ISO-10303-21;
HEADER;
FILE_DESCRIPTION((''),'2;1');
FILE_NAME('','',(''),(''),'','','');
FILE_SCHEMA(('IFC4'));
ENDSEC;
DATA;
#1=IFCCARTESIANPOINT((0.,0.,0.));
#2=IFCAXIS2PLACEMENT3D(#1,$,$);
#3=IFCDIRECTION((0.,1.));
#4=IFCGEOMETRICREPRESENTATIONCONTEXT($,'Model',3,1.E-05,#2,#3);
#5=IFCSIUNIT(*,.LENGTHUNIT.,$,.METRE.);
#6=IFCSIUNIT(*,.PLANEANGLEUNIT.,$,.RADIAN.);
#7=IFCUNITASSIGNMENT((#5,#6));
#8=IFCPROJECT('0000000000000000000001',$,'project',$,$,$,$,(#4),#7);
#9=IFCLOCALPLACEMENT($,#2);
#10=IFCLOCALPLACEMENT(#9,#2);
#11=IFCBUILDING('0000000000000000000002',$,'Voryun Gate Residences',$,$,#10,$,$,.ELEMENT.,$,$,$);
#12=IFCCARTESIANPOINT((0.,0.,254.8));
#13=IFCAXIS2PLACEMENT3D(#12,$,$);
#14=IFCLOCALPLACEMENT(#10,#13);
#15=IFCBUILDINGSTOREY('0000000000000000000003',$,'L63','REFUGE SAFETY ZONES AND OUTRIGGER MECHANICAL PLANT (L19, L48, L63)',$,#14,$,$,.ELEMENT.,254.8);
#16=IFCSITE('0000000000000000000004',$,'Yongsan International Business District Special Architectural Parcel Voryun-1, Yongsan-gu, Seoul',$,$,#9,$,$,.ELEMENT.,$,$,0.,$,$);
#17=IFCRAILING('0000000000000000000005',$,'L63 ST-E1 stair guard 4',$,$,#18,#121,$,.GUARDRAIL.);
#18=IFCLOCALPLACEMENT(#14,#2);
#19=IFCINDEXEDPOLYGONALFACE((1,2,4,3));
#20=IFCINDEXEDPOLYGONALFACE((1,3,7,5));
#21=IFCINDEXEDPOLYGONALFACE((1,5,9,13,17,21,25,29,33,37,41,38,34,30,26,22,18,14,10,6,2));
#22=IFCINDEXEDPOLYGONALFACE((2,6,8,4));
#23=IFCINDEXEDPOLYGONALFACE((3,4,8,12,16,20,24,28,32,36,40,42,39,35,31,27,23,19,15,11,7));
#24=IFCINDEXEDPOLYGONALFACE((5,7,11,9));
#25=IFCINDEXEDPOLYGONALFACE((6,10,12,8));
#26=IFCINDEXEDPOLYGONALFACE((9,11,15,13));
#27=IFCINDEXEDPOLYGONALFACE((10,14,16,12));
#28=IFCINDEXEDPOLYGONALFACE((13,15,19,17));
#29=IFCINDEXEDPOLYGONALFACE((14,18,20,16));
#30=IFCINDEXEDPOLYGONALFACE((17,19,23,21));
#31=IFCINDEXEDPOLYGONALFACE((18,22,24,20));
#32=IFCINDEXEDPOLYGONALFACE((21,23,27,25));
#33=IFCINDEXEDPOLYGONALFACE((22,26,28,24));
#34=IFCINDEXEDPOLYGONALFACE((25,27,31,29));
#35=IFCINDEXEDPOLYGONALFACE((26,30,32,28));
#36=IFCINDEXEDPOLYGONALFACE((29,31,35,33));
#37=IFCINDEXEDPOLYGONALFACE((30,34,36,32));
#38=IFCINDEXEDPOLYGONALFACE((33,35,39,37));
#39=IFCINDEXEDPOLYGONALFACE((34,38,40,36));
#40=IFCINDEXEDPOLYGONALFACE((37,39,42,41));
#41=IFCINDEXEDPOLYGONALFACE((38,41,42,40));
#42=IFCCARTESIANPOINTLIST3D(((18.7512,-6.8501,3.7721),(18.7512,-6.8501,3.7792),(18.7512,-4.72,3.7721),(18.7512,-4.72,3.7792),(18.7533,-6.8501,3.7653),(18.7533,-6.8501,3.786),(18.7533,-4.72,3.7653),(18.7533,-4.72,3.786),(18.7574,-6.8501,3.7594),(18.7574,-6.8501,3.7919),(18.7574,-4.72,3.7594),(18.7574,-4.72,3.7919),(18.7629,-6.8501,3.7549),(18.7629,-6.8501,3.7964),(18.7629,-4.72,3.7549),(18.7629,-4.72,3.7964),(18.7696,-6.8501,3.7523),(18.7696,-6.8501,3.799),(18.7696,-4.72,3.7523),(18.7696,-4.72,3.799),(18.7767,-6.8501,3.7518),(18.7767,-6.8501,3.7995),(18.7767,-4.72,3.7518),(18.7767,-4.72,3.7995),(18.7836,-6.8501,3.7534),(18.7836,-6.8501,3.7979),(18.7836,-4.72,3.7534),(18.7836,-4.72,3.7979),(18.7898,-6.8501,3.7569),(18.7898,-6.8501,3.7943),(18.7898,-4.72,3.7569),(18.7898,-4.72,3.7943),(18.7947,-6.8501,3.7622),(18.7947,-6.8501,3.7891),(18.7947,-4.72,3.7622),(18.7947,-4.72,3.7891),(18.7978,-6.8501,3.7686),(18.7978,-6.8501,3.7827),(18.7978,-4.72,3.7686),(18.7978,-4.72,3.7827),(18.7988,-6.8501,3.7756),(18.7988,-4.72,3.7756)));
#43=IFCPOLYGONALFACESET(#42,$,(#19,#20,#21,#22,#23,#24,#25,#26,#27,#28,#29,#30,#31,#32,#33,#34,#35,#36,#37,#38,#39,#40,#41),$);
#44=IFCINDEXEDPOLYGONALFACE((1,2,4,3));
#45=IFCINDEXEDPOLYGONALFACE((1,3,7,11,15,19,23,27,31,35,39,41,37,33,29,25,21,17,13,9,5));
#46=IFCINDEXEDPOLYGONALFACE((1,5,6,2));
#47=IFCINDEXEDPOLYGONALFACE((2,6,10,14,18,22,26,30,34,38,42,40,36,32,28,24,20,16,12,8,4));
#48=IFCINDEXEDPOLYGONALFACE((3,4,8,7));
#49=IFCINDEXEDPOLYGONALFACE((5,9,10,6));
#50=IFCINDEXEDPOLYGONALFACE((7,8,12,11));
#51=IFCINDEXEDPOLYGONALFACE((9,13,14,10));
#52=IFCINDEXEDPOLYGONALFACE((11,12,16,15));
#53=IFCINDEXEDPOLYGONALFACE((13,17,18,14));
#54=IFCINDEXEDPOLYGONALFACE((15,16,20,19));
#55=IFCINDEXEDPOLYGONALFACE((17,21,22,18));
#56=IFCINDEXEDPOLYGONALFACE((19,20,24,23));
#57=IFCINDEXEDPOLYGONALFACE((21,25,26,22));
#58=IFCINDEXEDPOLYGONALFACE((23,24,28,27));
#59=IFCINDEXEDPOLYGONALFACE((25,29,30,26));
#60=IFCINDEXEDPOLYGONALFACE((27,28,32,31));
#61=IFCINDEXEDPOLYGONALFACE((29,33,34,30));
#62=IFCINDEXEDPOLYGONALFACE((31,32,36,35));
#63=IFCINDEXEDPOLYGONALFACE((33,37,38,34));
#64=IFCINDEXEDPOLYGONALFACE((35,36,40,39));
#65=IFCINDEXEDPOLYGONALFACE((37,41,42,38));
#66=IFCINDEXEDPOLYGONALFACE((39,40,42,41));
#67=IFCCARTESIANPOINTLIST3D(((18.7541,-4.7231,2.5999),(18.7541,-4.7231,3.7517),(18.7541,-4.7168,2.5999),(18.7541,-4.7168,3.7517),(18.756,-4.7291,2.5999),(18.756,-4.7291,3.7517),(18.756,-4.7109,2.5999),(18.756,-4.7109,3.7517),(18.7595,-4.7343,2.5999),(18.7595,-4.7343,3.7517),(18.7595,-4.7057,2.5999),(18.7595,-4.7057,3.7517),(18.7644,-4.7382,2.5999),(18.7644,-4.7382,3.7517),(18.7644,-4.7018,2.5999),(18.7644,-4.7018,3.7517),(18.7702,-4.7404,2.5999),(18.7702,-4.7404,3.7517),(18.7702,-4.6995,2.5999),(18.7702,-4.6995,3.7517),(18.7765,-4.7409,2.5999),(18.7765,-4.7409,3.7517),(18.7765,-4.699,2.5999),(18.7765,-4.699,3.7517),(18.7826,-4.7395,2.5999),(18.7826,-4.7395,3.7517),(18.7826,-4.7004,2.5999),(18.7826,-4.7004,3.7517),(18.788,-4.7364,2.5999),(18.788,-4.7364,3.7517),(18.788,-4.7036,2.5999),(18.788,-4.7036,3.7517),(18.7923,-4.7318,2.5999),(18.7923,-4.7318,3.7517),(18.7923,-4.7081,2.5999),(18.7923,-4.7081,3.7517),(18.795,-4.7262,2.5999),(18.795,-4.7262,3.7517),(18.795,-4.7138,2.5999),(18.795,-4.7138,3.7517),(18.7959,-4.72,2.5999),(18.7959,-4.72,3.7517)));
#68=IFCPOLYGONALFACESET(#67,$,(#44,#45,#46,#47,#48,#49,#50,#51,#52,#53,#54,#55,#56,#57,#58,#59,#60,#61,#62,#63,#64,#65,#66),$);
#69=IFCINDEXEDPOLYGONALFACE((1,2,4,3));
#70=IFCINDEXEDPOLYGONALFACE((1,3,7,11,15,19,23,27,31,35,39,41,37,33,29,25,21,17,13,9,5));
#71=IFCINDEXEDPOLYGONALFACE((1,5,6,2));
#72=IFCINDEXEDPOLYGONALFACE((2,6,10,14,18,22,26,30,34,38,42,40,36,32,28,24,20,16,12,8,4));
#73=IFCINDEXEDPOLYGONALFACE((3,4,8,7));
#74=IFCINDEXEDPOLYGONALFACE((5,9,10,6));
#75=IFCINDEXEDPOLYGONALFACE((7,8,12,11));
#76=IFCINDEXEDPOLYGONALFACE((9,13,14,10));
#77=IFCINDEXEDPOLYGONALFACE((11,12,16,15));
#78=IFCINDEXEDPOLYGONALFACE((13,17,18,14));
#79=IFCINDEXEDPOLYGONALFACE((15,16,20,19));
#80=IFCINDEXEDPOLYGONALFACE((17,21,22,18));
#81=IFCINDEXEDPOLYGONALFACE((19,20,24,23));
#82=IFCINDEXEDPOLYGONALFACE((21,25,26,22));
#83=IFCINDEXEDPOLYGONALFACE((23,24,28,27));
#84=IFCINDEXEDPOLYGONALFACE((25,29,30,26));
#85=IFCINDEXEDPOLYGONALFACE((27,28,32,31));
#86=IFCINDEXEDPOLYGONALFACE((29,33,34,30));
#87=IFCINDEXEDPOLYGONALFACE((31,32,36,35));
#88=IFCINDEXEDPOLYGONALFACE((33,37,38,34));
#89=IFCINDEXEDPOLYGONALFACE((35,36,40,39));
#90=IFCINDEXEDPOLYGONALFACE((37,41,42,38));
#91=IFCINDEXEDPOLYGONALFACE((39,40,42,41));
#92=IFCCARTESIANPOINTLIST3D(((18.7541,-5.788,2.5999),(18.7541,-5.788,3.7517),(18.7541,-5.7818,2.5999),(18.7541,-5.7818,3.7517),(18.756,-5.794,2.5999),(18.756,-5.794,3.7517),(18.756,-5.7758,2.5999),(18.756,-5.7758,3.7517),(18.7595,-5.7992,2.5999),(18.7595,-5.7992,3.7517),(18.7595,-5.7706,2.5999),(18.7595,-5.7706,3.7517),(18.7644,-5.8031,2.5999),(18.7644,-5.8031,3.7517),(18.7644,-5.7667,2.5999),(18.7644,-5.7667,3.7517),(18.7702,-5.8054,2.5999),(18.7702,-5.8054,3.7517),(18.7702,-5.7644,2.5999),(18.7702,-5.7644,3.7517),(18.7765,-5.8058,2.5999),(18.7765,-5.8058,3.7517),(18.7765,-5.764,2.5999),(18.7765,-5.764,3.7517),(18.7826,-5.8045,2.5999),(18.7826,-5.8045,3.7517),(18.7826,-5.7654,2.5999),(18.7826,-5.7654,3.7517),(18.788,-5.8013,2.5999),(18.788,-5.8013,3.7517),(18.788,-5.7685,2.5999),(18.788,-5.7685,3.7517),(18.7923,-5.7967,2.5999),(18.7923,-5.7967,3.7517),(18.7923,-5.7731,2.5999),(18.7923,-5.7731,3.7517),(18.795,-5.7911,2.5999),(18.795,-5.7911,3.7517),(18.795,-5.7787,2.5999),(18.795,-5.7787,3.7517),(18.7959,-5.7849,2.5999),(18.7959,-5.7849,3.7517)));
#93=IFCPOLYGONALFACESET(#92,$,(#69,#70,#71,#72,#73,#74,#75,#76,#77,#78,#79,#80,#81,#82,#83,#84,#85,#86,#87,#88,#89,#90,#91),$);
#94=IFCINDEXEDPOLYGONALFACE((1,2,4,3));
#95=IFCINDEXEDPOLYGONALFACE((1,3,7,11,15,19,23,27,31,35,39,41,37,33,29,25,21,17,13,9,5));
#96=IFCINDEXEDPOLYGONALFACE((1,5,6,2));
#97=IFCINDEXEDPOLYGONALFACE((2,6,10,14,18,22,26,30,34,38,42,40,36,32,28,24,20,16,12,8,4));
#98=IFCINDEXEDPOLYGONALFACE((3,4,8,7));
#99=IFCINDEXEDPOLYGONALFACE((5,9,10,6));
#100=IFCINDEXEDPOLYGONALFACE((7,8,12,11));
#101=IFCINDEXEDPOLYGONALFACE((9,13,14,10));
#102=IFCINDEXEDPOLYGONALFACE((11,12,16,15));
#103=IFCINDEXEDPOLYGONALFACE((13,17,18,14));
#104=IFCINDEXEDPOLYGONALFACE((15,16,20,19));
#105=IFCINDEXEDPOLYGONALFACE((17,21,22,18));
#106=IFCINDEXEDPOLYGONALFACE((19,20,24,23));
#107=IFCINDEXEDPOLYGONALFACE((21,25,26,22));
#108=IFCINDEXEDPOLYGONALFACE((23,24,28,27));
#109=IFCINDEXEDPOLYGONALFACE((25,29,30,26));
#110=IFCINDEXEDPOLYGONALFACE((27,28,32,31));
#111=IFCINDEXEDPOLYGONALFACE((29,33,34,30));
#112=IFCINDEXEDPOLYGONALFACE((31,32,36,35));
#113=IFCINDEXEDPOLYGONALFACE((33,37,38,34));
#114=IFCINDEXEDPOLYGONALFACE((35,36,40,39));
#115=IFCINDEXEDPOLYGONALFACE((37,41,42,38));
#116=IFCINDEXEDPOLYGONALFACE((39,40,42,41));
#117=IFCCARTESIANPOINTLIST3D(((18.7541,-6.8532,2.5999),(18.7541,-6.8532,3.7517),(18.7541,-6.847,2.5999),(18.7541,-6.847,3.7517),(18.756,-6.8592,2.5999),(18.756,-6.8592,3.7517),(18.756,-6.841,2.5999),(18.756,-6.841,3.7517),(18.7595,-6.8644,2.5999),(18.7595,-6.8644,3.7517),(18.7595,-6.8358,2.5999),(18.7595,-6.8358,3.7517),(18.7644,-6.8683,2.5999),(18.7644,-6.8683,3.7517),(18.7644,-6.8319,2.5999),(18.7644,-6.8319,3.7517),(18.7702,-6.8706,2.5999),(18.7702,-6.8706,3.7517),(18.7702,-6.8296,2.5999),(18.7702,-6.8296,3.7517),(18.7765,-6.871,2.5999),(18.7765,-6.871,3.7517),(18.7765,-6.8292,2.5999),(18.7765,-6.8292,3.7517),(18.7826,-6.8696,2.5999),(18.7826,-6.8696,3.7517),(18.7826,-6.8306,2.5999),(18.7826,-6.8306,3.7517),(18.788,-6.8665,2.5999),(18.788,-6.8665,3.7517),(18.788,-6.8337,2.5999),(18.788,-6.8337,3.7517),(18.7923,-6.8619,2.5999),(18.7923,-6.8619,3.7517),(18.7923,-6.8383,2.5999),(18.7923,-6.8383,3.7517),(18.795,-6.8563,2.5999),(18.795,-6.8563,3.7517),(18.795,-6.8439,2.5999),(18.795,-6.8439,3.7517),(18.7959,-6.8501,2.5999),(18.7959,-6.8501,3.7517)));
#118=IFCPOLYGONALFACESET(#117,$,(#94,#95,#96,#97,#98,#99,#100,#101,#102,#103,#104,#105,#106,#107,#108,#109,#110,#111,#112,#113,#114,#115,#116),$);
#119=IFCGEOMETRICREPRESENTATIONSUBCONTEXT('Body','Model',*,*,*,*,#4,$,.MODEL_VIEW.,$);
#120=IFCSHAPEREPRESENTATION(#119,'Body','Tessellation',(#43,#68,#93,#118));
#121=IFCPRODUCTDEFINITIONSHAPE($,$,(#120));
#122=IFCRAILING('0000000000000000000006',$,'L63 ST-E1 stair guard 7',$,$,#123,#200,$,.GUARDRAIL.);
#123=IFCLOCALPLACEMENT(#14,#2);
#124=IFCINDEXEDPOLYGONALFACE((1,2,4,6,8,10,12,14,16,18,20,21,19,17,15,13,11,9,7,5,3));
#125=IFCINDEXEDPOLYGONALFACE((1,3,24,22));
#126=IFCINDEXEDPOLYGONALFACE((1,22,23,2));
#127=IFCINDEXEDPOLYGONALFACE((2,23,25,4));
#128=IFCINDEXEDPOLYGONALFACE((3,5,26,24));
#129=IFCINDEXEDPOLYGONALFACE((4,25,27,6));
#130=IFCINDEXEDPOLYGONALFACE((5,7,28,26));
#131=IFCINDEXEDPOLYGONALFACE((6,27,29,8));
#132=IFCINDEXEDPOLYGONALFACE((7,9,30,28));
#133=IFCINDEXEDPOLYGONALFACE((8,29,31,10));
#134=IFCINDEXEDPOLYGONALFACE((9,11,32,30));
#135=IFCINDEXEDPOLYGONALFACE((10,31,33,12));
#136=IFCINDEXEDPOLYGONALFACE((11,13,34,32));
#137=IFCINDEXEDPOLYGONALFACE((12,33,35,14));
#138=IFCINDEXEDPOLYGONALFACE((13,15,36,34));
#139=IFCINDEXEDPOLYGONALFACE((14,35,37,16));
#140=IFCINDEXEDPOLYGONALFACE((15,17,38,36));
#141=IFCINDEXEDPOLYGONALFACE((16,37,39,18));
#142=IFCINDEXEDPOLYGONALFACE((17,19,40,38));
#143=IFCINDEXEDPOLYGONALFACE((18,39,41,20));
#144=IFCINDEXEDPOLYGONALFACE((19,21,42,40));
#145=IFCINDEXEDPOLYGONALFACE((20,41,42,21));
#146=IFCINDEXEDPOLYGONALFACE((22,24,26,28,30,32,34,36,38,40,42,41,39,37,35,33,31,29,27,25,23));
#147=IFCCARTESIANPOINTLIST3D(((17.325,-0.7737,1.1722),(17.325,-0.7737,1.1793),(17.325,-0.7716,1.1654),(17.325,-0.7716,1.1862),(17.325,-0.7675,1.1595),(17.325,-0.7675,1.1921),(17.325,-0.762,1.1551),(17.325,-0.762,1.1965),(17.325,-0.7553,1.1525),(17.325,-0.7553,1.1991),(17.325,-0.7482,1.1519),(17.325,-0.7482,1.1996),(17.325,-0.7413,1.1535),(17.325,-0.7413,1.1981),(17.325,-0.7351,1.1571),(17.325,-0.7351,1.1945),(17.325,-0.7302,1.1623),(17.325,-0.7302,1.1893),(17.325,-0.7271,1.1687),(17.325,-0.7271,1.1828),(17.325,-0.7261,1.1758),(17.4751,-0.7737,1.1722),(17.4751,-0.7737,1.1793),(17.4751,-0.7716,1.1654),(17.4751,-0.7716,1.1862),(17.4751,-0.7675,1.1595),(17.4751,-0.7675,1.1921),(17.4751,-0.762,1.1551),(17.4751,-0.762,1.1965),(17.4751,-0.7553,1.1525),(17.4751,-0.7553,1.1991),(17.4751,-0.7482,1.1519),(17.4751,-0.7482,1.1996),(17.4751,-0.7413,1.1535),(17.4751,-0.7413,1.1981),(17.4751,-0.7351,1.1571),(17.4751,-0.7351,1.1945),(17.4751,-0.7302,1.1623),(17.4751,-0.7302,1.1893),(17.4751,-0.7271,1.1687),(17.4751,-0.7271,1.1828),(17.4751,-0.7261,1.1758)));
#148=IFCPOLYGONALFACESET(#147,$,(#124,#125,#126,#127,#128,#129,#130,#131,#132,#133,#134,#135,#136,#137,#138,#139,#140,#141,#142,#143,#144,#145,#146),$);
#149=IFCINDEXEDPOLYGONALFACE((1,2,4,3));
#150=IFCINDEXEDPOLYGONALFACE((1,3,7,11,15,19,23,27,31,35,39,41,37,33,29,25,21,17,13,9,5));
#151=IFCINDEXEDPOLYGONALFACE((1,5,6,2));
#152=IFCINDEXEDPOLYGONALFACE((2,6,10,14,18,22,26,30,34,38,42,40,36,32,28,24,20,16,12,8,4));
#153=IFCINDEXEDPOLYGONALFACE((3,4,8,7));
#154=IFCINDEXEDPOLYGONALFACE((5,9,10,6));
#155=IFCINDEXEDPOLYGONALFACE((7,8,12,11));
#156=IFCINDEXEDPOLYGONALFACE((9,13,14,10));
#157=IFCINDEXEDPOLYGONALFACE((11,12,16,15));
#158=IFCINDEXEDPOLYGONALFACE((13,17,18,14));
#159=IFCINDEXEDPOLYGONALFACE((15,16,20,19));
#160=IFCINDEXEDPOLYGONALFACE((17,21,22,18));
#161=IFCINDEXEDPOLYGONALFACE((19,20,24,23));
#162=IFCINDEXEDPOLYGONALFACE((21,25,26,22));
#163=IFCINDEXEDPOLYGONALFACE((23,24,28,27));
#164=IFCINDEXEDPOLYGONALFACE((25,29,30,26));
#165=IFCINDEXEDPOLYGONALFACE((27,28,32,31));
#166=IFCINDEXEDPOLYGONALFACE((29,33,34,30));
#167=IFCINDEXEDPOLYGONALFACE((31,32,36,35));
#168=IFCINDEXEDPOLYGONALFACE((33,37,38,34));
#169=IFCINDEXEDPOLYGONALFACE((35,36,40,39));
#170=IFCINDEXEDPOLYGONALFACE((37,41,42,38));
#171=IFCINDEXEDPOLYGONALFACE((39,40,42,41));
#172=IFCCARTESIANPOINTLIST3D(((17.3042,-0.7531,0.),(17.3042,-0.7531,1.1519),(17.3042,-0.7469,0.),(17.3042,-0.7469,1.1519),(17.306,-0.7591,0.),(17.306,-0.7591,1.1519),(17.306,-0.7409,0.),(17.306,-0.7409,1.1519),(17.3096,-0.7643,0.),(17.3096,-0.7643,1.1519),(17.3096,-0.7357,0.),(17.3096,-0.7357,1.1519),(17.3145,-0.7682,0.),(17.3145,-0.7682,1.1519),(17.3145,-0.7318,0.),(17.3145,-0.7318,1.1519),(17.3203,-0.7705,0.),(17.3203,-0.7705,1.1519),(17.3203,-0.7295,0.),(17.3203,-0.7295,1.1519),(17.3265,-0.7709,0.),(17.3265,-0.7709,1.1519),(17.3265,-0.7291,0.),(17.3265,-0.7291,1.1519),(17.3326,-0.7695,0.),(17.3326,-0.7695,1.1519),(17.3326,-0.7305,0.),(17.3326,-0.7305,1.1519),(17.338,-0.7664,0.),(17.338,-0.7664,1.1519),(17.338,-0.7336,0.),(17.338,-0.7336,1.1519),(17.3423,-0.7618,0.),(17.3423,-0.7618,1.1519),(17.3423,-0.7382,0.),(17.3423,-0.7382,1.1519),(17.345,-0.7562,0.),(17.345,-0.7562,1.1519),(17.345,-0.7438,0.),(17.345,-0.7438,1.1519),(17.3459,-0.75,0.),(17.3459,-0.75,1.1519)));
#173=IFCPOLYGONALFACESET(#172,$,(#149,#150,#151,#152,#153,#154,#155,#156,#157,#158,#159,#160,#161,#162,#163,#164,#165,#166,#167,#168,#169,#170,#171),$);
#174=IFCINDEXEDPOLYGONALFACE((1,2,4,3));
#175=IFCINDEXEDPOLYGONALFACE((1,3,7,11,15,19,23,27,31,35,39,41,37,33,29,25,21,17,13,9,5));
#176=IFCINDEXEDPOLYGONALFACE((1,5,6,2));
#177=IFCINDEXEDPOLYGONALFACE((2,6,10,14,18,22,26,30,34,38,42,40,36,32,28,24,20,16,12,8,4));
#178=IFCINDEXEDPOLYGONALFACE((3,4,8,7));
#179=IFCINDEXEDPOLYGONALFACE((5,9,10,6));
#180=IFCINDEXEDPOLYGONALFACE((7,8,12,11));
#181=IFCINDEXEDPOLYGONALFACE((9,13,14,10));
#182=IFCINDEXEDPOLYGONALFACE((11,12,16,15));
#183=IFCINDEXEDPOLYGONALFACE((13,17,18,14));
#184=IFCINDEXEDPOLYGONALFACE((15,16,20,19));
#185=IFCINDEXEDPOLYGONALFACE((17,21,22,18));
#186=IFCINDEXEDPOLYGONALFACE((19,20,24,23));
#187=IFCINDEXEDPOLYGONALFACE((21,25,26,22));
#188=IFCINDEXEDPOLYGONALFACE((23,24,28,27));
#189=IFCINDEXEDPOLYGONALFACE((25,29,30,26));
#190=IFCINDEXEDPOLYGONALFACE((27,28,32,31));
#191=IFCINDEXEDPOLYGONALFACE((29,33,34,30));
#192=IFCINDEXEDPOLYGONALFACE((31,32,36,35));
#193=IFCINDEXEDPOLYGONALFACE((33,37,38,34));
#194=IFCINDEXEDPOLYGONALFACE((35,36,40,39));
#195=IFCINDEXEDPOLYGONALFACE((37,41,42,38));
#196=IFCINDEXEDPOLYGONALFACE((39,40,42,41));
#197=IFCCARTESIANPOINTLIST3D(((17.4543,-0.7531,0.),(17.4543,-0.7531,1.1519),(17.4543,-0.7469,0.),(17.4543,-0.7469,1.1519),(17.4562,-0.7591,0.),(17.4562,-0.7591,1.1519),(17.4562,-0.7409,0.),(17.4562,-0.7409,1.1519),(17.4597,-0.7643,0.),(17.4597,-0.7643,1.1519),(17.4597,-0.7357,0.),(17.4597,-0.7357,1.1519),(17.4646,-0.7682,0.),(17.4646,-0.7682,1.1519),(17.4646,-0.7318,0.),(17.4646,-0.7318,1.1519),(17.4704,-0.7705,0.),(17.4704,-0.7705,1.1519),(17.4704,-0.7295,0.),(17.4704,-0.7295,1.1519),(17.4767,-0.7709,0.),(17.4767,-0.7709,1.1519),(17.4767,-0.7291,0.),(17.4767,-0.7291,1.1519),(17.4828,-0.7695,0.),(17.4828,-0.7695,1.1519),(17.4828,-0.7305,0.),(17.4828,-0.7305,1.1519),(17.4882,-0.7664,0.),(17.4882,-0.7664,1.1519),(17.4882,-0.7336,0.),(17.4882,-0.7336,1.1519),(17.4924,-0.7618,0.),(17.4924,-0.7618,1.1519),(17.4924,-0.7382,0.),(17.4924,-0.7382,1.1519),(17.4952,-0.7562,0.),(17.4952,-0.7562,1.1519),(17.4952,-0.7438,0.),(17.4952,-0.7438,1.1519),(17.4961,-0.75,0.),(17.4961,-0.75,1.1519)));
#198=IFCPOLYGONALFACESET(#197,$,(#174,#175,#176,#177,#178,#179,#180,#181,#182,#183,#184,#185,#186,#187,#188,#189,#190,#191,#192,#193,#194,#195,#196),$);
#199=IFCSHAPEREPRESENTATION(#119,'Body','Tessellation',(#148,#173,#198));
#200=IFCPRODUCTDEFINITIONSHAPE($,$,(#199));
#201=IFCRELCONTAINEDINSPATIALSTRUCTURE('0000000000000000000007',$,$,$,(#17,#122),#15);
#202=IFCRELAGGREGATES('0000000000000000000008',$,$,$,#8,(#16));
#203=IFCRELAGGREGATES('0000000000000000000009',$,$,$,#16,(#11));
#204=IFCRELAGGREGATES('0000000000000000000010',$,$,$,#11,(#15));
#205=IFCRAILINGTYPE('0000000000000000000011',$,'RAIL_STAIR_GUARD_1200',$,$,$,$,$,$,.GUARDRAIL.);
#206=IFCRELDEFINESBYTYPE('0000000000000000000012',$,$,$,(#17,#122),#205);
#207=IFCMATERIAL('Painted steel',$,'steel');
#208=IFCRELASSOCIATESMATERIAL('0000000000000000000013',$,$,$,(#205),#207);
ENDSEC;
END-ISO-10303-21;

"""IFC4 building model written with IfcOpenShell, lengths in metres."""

from ifc_helpers import new_model, si_unit, direction, frame, origin, origin_2d, place, context, subcontext, project, spatial, circle, extrude, material, type_object, element, save


model = new_model("IFC4")

# Units and contexts
model_context = context("Model", 3, precision=1e-05, world=origin(), true_north=direction((0.0, 1.0)))
body_context = subcontext(model_context, "Body", "Model", "MODEL_VIEW")
ifc_project = project(units=[si_unit("LENGTHUNIT", "METRE"), si_unit("PLANEANGLEUNIT", "RADIAN")], contexts=[model_context])

# Site, building, storey
site_placement = place(None, origin())
site = spatial("IfcSite", under=ifc_project, at=site_placement, Name="Yongsan International Business District Special Architectural Parcel Voryun-1, Yongsan-gu, Seoul", CompositionType="ELEMENT", RefElevation=0.0)
building_placement = place(site_placement, origin())
building = spatial("IfcBuilding", under=site, at=building_placement, Name="Voryun Gate Residences", CompositionType="ELEMENT")
storey_placement = place(building_placement, frame((0.0, 0.0, 254.8)))
storey = spatial("IfcBuildingStorey", under=building, at=storey_placement, Name="L63", Description="REFUGE SAFETY ZONES AND OUTRIGGER MECHANICAL PLANT (L19, L48, L63)", CompositionType="ELEMENT", Elevation=254.8)

# Railings
ifc_material_1 = material(Name="Painted steel", Category="steel")
railing_type_1 = type_object("IfcRailingType", Name="RAIL_STAIR_GUARD_1200", PredefinedType="GUARDRAIL", material=ifc_material_1)
railing_1_placement = place(storey_placement, frame((18.7749, -4.72, 2.5999)))
element("IfcRailing", 1, at=railing_1_placement, inside=storey, type_object=railing_type_1, Name="L63 ST-E1 stair guard 4", PredefinedType="GUARDRAIL", context=body_context, shape_type="SweptSolid", body=[
    extrude(circle(Radius=0.0239, at=origin_2d()), frame((0.0, 0.0, 1.1758), z_axis=(0.0, -1.0, 0.0), x_axis=(1.0, 0.0, 0.0)), (0.0, 0.0, 1.0), 2.1301),
    extrude(circle(Radius=0.021, at=origin_2d()), origin(), (0.0, 0.0, 1.0), 1.1519),
    extrude(circle(Radius=0.021, at=origin_2d()), frame((0.0, -1.0649, 0.0)), (0.0, 0.0, 1.0), 1.1519),
    extrude(circle(Radius=0.021, at=origin_2d()), frame((0.0, -2.1301, 0.0)), (0.0, 0.0, 1.0), 1.1519),
])
railing_2_placement = place(storey_placement, frame((17.325, -0.75, 0.0)))
element("IfcRailing", 2, at=railing_2_placement, inside=storey, type_object=railing_type_1, Name="L63 ST-E1 stair guard 7", PredefinedType="GUARDRAIL", context=body_context, shape_type="SweptSolid", body=[
    extrude(circle(Radius=0.0239, at=origin_2d()), frame((0.0, 0.0, 1.1758), z_axis=(1.0, 0.0, 0.0), x_axis=(0.0, 1.0, 0.0)), (0.0, 0.0, 1.0), 0.1501),
    extrude(circle(Radius=0.021, at=origin_2d()), origin(), (0.0, 0.0, 1.0), 1.1519),
    extrude(circle(Radius=0.021, at=origin_2d()), frame((0.1501, 0.0, 0.0)), (0.0, 0.0, 1.0), 1.1519),
])

save(model, "model.ifc")
